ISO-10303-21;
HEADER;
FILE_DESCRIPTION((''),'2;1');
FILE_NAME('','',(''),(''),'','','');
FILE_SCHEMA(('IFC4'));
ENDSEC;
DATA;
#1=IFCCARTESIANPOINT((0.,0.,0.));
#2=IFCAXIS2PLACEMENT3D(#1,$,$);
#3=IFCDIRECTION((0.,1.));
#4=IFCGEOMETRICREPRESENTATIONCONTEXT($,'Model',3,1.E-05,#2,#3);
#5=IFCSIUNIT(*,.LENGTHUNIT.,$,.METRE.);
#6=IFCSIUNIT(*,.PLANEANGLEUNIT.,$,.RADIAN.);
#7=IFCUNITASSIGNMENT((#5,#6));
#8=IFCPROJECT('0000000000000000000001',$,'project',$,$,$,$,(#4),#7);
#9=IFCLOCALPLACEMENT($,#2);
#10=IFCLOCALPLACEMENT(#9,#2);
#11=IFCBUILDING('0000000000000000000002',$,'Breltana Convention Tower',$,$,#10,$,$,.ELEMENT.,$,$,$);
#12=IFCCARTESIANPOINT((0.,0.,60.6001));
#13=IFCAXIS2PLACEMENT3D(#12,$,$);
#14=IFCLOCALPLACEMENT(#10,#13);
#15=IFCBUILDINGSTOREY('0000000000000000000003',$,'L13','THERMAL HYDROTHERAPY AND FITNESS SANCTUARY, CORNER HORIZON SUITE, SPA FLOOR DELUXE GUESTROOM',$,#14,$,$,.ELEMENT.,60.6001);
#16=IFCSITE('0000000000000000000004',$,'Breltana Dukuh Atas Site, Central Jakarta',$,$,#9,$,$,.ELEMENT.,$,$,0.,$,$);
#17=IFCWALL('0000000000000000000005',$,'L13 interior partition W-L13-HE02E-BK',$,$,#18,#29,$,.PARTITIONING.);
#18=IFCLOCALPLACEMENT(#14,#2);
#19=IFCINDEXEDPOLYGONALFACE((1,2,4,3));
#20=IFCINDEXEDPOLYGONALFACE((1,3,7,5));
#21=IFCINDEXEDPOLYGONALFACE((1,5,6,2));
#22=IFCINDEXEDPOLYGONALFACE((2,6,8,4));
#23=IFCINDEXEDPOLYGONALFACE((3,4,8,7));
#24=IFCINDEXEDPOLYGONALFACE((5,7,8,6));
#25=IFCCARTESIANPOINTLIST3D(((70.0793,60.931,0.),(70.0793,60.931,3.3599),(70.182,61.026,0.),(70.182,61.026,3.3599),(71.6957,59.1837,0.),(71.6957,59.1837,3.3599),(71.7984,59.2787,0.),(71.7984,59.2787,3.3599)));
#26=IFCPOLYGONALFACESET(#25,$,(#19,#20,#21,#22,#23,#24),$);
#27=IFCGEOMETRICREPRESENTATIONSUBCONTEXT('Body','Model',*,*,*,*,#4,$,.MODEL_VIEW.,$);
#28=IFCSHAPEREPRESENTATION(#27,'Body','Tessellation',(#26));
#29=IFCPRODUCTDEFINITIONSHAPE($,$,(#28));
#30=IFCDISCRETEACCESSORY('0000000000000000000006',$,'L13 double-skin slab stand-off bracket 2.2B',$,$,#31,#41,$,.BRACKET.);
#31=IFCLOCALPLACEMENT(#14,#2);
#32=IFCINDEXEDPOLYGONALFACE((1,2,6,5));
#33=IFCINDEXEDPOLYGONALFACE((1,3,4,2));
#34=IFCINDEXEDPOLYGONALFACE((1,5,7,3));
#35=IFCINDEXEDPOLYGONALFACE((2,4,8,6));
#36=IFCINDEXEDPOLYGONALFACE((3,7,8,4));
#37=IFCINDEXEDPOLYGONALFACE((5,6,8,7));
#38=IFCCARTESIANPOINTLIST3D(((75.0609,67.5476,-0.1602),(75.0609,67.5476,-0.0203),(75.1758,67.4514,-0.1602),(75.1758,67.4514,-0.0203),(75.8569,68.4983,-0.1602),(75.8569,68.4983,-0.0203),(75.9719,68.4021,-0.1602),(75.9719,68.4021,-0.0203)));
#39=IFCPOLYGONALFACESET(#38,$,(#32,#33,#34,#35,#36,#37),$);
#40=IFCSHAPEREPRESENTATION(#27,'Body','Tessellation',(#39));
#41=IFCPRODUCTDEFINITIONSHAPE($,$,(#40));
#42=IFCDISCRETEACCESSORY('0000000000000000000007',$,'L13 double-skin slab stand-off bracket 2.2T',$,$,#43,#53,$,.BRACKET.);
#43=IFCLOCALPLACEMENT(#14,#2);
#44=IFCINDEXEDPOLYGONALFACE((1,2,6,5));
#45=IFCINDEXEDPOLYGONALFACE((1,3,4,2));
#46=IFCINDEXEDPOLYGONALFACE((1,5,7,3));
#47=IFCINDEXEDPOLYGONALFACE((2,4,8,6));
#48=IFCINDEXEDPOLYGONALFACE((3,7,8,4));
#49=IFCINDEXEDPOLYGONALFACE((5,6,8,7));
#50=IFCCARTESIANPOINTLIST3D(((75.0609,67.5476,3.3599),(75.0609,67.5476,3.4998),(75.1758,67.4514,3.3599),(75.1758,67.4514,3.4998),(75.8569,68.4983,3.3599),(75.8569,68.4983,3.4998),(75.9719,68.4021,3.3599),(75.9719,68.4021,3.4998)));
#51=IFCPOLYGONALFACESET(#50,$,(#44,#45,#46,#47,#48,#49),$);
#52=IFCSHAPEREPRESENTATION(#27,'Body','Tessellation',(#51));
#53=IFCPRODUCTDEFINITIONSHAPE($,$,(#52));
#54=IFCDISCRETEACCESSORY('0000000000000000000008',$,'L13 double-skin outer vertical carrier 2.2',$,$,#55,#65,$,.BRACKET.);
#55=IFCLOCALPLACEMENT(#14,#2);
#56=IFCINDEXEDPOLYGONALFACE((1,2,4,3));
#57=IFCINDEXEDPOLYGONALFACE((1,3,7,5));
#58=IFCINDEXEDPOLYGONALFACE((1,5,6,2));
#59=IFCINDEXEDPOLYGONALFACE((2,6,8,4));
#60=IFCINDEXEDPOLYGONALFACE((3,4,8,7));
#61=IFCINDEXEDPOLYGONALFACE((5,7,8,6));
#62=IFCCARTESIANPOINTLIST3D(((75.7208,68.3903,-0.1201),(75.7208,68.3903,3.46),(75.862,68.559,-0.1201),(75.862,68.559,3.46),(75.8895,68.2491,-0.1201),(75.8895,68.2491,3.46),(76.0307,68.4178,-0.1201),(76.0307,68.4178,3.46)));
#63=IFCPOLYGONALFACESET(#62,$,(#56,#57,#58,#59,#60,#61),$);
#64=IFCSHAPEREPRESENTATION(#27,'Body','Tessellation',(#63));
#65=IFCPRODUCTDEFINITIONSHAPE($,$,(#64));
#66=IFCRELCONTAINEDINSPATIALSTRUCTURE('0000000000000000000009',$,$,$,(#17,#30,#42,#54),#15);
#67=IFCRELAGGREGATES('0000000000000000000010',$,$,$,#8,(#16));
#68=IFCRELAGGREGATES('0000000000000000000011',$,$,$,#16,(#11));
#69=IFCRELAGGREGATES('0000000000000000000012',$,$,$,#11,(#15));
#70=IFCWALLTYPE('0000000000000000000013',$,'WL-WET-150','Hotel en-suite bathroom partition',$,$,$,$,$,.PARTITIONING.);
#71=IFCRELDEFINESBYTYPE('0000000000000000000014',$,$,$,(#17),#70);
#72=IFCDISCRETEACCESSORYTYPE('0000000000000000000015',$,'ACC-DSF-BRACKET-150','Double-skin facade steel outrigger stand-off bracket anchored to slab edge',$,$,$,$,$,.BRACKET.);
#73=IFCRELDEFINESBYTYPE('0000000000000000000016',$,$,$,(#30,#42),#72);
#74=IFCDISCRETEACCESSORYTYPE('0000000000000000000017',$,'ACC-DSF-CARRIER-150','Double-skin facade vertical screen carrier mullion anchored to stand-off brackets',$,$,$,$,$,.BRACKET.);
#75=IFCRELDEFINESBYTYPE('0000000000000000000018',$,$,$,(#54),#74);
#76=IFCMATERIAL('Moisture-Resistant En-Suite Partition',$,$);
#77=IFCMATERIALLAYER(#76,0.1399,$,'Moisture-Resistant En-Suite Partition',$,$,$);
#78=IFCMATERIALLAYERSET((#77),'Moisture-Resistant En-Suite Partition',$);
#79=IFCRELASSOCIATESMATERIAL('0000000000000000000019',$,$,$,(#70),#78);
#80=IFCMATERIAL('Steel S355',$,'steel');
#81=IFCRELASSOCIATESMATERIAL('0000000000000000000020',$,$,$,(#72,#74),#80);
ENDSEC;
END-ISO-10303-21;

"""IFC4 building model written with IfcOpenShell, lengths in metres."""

from ifc_helpers import new_model, si_unit, direction, frame, frame_2d, origin, origin_2d, place, context, subcontext, project, spatial, rectangle, extrude, source, transform, mapped, material, layer, layer_set, type_object, type_shapes, element, save


model = new_model("IFC4")

# Units and contexts
model_context = context("Model", 3, precision=1e-05, world=origin(), true_north=direction((0.0, 1.0)))
body_context = subcontext(model_context, "Body", "Model", "MODEL_VIEW")
ifc_project = project(units=[si_unit("LENGTHUNIT", "METRE"), si_unit("PLANEANGLEUNIT", "RADIAN")], contexts=[model_context])

# Site, building, storey
site_placement = place(None, origin())
site = spatial("IfcSite", under=ifc_project, at=site_placement, Name="Breltana Dukuh Atas Site, Central Jakarta", CompositionType="ELEMENT", RefElevation=0.0)
building_placement = place(site_placement, origin())
building = spatial("IfcBuilding", under=site, at=building_placement, Name="Breltana Convention Tower", CompositionType="ELEMENT")
storey_placement = place(building_placement, frame((0.0, 0.0, 60.6001)))
storey = spatial("IfcBuildingStorey", under=building, at=storey_placement, Name="L13", Description="THERMAL HYDROTHERAPY AND FITNESS SANCTUARY, CORNER HORIZON SUITE, SPA FLOOR DELUXE GUESTROOM", CompositionType="ELEMENT", Elevation=60.6001)

# Wall
ifc_material_1 = material(Name="Moisture-Resistant En-Suite Partition")
ifc_layer_1 = layer(ifc_material_1, 0.1399, Name="Moisture-Resistant En-Suite Partition")
ifc_layer_set_1 = layer_set([ifc_layer_1], Name="Moisture-Resistant En-Suite Partition")
wall_type_1 = type_object("IfcWallType", Name="WL-WET-150", Description="Hotel en-suite bathroom partition", PredefinedType="PARTITIONING", material=ifc_layer_set_1)
shared_shape_1 = source(origin(), body_context, "Body", "SweptSolid", [
    extrude(rectangle(XDim=2.3804, YDim=0.1399, at=frame_2d((1.1902, 0.0))), origin(), (0.0, 0.0, 1.0), 3.3599),
])
wall_1_placement = place(storey_placement, frame((70.1306, 60.9785, 0.0), z_axis=(0.0, 0.0, 1.0), x_axis=(0.679085, -0.73406, 0.0)))
element("IfcWall", 1, at=wall_1_placement, inside=storey, type_object=wall_type_1, Name="L13 interior partition W-L13-HE02E-BK", PredefinedType="PARTITIONING", context=body_context, shape_type="MappedRepresentation", body=[
    mapped(shared_shape_1, transform((0.0, 0.0, 0.0), scale=1.0)),
])

# Discrete accessories
ifc_material_2 = material(Name="Steel S355", Category="steel")
discrete_accessory_type_1 = type_object("IfcDiscreteAccessoryType", Name="ACC-DSF-BRACKET-150", Description="Double-skin facade steel outrigger stand-off bracket anchored to slab edge", PredefinedType="BRACKET", material=ifc_material_2)
shared_shape_2 = source(origin(), body_context, "Body", "SweptSolid", [
    extrude(rectangle(XDim=1.24, YDim=0.1499, at=origin_2d()), origin(), (0.0, 0.0, 1.0), 0.1399),
])
type_shapes(discrete_accessory_type_1, [shared_shape_2])
for number, where, z_axis, x_axis, name in (
    (2, (75.5164, 67.9749, -0.1602), (0.0, 0.0, 1.0), (0.64199, 0.766713, 0.0), "L13 double-skin slab stand-off bracket 2.2B"),
    (3, (75.5164, 67.9749, 3.3599), (0.0, 0.0, 1.0), (0.64199, 0.766713, 0.0), "L13 double-skin slab stand-off bracket 2.2T"),
):
    element("IfcDiscreteAccessory", number, at=place(storey_placement, frame(where, z_axis=z_axis, x_axis=x_axis)), inside=storey, type_object=discrete_accessory_type_1, Name=name, PredefinedType="BRACKET", context=body_context, shape_type="MappedRepresentation", body=[
        mapped(shared_shape_2, transform((0.0, 0.0, 0.0), scale=1.0)),
    ])
discrete_accessory_type_2 = type_object("IfcDiscreteAccessoryType", Name="ACC-DSF-CARRIER-150", Description="Double-skin facade vertical screen carrier mullion anchored to stand-off brackets", PredefinedType="BRACKET", material=ifc_material_2)
shared_shape_3 = source(origin(), body_context, "Body", "SweptSolid", [
    extrude(rectangle(XDim=0.22, YDim=0.22, at=origin_2d()), origin(), (0.0, 0.0, 1.0), 3.5801),
])
discrete_accessory_placement = place(storey_placement, frame((75.8757, 68.4041, -0.1201), z_axis=(0.0, 0.0, 1.0), x_axis=(0.64199, 0.766713, 0.0)))
element("IfcDiscreteAccessory", 4, at=discrete_accessory_placement, inside=storey, type_object=discrete_accessory_type_2, Name="L13 double-skin outer vertical carrier 2.2", PredefinedType="BRACKET", context=body_context, shape_type="MappedRepresentation", body=[
    mapped(shared_shape_3, transform((0.0, 0.0, 0.0), scale=1.0)),
])

save(model, "model.ifc")
